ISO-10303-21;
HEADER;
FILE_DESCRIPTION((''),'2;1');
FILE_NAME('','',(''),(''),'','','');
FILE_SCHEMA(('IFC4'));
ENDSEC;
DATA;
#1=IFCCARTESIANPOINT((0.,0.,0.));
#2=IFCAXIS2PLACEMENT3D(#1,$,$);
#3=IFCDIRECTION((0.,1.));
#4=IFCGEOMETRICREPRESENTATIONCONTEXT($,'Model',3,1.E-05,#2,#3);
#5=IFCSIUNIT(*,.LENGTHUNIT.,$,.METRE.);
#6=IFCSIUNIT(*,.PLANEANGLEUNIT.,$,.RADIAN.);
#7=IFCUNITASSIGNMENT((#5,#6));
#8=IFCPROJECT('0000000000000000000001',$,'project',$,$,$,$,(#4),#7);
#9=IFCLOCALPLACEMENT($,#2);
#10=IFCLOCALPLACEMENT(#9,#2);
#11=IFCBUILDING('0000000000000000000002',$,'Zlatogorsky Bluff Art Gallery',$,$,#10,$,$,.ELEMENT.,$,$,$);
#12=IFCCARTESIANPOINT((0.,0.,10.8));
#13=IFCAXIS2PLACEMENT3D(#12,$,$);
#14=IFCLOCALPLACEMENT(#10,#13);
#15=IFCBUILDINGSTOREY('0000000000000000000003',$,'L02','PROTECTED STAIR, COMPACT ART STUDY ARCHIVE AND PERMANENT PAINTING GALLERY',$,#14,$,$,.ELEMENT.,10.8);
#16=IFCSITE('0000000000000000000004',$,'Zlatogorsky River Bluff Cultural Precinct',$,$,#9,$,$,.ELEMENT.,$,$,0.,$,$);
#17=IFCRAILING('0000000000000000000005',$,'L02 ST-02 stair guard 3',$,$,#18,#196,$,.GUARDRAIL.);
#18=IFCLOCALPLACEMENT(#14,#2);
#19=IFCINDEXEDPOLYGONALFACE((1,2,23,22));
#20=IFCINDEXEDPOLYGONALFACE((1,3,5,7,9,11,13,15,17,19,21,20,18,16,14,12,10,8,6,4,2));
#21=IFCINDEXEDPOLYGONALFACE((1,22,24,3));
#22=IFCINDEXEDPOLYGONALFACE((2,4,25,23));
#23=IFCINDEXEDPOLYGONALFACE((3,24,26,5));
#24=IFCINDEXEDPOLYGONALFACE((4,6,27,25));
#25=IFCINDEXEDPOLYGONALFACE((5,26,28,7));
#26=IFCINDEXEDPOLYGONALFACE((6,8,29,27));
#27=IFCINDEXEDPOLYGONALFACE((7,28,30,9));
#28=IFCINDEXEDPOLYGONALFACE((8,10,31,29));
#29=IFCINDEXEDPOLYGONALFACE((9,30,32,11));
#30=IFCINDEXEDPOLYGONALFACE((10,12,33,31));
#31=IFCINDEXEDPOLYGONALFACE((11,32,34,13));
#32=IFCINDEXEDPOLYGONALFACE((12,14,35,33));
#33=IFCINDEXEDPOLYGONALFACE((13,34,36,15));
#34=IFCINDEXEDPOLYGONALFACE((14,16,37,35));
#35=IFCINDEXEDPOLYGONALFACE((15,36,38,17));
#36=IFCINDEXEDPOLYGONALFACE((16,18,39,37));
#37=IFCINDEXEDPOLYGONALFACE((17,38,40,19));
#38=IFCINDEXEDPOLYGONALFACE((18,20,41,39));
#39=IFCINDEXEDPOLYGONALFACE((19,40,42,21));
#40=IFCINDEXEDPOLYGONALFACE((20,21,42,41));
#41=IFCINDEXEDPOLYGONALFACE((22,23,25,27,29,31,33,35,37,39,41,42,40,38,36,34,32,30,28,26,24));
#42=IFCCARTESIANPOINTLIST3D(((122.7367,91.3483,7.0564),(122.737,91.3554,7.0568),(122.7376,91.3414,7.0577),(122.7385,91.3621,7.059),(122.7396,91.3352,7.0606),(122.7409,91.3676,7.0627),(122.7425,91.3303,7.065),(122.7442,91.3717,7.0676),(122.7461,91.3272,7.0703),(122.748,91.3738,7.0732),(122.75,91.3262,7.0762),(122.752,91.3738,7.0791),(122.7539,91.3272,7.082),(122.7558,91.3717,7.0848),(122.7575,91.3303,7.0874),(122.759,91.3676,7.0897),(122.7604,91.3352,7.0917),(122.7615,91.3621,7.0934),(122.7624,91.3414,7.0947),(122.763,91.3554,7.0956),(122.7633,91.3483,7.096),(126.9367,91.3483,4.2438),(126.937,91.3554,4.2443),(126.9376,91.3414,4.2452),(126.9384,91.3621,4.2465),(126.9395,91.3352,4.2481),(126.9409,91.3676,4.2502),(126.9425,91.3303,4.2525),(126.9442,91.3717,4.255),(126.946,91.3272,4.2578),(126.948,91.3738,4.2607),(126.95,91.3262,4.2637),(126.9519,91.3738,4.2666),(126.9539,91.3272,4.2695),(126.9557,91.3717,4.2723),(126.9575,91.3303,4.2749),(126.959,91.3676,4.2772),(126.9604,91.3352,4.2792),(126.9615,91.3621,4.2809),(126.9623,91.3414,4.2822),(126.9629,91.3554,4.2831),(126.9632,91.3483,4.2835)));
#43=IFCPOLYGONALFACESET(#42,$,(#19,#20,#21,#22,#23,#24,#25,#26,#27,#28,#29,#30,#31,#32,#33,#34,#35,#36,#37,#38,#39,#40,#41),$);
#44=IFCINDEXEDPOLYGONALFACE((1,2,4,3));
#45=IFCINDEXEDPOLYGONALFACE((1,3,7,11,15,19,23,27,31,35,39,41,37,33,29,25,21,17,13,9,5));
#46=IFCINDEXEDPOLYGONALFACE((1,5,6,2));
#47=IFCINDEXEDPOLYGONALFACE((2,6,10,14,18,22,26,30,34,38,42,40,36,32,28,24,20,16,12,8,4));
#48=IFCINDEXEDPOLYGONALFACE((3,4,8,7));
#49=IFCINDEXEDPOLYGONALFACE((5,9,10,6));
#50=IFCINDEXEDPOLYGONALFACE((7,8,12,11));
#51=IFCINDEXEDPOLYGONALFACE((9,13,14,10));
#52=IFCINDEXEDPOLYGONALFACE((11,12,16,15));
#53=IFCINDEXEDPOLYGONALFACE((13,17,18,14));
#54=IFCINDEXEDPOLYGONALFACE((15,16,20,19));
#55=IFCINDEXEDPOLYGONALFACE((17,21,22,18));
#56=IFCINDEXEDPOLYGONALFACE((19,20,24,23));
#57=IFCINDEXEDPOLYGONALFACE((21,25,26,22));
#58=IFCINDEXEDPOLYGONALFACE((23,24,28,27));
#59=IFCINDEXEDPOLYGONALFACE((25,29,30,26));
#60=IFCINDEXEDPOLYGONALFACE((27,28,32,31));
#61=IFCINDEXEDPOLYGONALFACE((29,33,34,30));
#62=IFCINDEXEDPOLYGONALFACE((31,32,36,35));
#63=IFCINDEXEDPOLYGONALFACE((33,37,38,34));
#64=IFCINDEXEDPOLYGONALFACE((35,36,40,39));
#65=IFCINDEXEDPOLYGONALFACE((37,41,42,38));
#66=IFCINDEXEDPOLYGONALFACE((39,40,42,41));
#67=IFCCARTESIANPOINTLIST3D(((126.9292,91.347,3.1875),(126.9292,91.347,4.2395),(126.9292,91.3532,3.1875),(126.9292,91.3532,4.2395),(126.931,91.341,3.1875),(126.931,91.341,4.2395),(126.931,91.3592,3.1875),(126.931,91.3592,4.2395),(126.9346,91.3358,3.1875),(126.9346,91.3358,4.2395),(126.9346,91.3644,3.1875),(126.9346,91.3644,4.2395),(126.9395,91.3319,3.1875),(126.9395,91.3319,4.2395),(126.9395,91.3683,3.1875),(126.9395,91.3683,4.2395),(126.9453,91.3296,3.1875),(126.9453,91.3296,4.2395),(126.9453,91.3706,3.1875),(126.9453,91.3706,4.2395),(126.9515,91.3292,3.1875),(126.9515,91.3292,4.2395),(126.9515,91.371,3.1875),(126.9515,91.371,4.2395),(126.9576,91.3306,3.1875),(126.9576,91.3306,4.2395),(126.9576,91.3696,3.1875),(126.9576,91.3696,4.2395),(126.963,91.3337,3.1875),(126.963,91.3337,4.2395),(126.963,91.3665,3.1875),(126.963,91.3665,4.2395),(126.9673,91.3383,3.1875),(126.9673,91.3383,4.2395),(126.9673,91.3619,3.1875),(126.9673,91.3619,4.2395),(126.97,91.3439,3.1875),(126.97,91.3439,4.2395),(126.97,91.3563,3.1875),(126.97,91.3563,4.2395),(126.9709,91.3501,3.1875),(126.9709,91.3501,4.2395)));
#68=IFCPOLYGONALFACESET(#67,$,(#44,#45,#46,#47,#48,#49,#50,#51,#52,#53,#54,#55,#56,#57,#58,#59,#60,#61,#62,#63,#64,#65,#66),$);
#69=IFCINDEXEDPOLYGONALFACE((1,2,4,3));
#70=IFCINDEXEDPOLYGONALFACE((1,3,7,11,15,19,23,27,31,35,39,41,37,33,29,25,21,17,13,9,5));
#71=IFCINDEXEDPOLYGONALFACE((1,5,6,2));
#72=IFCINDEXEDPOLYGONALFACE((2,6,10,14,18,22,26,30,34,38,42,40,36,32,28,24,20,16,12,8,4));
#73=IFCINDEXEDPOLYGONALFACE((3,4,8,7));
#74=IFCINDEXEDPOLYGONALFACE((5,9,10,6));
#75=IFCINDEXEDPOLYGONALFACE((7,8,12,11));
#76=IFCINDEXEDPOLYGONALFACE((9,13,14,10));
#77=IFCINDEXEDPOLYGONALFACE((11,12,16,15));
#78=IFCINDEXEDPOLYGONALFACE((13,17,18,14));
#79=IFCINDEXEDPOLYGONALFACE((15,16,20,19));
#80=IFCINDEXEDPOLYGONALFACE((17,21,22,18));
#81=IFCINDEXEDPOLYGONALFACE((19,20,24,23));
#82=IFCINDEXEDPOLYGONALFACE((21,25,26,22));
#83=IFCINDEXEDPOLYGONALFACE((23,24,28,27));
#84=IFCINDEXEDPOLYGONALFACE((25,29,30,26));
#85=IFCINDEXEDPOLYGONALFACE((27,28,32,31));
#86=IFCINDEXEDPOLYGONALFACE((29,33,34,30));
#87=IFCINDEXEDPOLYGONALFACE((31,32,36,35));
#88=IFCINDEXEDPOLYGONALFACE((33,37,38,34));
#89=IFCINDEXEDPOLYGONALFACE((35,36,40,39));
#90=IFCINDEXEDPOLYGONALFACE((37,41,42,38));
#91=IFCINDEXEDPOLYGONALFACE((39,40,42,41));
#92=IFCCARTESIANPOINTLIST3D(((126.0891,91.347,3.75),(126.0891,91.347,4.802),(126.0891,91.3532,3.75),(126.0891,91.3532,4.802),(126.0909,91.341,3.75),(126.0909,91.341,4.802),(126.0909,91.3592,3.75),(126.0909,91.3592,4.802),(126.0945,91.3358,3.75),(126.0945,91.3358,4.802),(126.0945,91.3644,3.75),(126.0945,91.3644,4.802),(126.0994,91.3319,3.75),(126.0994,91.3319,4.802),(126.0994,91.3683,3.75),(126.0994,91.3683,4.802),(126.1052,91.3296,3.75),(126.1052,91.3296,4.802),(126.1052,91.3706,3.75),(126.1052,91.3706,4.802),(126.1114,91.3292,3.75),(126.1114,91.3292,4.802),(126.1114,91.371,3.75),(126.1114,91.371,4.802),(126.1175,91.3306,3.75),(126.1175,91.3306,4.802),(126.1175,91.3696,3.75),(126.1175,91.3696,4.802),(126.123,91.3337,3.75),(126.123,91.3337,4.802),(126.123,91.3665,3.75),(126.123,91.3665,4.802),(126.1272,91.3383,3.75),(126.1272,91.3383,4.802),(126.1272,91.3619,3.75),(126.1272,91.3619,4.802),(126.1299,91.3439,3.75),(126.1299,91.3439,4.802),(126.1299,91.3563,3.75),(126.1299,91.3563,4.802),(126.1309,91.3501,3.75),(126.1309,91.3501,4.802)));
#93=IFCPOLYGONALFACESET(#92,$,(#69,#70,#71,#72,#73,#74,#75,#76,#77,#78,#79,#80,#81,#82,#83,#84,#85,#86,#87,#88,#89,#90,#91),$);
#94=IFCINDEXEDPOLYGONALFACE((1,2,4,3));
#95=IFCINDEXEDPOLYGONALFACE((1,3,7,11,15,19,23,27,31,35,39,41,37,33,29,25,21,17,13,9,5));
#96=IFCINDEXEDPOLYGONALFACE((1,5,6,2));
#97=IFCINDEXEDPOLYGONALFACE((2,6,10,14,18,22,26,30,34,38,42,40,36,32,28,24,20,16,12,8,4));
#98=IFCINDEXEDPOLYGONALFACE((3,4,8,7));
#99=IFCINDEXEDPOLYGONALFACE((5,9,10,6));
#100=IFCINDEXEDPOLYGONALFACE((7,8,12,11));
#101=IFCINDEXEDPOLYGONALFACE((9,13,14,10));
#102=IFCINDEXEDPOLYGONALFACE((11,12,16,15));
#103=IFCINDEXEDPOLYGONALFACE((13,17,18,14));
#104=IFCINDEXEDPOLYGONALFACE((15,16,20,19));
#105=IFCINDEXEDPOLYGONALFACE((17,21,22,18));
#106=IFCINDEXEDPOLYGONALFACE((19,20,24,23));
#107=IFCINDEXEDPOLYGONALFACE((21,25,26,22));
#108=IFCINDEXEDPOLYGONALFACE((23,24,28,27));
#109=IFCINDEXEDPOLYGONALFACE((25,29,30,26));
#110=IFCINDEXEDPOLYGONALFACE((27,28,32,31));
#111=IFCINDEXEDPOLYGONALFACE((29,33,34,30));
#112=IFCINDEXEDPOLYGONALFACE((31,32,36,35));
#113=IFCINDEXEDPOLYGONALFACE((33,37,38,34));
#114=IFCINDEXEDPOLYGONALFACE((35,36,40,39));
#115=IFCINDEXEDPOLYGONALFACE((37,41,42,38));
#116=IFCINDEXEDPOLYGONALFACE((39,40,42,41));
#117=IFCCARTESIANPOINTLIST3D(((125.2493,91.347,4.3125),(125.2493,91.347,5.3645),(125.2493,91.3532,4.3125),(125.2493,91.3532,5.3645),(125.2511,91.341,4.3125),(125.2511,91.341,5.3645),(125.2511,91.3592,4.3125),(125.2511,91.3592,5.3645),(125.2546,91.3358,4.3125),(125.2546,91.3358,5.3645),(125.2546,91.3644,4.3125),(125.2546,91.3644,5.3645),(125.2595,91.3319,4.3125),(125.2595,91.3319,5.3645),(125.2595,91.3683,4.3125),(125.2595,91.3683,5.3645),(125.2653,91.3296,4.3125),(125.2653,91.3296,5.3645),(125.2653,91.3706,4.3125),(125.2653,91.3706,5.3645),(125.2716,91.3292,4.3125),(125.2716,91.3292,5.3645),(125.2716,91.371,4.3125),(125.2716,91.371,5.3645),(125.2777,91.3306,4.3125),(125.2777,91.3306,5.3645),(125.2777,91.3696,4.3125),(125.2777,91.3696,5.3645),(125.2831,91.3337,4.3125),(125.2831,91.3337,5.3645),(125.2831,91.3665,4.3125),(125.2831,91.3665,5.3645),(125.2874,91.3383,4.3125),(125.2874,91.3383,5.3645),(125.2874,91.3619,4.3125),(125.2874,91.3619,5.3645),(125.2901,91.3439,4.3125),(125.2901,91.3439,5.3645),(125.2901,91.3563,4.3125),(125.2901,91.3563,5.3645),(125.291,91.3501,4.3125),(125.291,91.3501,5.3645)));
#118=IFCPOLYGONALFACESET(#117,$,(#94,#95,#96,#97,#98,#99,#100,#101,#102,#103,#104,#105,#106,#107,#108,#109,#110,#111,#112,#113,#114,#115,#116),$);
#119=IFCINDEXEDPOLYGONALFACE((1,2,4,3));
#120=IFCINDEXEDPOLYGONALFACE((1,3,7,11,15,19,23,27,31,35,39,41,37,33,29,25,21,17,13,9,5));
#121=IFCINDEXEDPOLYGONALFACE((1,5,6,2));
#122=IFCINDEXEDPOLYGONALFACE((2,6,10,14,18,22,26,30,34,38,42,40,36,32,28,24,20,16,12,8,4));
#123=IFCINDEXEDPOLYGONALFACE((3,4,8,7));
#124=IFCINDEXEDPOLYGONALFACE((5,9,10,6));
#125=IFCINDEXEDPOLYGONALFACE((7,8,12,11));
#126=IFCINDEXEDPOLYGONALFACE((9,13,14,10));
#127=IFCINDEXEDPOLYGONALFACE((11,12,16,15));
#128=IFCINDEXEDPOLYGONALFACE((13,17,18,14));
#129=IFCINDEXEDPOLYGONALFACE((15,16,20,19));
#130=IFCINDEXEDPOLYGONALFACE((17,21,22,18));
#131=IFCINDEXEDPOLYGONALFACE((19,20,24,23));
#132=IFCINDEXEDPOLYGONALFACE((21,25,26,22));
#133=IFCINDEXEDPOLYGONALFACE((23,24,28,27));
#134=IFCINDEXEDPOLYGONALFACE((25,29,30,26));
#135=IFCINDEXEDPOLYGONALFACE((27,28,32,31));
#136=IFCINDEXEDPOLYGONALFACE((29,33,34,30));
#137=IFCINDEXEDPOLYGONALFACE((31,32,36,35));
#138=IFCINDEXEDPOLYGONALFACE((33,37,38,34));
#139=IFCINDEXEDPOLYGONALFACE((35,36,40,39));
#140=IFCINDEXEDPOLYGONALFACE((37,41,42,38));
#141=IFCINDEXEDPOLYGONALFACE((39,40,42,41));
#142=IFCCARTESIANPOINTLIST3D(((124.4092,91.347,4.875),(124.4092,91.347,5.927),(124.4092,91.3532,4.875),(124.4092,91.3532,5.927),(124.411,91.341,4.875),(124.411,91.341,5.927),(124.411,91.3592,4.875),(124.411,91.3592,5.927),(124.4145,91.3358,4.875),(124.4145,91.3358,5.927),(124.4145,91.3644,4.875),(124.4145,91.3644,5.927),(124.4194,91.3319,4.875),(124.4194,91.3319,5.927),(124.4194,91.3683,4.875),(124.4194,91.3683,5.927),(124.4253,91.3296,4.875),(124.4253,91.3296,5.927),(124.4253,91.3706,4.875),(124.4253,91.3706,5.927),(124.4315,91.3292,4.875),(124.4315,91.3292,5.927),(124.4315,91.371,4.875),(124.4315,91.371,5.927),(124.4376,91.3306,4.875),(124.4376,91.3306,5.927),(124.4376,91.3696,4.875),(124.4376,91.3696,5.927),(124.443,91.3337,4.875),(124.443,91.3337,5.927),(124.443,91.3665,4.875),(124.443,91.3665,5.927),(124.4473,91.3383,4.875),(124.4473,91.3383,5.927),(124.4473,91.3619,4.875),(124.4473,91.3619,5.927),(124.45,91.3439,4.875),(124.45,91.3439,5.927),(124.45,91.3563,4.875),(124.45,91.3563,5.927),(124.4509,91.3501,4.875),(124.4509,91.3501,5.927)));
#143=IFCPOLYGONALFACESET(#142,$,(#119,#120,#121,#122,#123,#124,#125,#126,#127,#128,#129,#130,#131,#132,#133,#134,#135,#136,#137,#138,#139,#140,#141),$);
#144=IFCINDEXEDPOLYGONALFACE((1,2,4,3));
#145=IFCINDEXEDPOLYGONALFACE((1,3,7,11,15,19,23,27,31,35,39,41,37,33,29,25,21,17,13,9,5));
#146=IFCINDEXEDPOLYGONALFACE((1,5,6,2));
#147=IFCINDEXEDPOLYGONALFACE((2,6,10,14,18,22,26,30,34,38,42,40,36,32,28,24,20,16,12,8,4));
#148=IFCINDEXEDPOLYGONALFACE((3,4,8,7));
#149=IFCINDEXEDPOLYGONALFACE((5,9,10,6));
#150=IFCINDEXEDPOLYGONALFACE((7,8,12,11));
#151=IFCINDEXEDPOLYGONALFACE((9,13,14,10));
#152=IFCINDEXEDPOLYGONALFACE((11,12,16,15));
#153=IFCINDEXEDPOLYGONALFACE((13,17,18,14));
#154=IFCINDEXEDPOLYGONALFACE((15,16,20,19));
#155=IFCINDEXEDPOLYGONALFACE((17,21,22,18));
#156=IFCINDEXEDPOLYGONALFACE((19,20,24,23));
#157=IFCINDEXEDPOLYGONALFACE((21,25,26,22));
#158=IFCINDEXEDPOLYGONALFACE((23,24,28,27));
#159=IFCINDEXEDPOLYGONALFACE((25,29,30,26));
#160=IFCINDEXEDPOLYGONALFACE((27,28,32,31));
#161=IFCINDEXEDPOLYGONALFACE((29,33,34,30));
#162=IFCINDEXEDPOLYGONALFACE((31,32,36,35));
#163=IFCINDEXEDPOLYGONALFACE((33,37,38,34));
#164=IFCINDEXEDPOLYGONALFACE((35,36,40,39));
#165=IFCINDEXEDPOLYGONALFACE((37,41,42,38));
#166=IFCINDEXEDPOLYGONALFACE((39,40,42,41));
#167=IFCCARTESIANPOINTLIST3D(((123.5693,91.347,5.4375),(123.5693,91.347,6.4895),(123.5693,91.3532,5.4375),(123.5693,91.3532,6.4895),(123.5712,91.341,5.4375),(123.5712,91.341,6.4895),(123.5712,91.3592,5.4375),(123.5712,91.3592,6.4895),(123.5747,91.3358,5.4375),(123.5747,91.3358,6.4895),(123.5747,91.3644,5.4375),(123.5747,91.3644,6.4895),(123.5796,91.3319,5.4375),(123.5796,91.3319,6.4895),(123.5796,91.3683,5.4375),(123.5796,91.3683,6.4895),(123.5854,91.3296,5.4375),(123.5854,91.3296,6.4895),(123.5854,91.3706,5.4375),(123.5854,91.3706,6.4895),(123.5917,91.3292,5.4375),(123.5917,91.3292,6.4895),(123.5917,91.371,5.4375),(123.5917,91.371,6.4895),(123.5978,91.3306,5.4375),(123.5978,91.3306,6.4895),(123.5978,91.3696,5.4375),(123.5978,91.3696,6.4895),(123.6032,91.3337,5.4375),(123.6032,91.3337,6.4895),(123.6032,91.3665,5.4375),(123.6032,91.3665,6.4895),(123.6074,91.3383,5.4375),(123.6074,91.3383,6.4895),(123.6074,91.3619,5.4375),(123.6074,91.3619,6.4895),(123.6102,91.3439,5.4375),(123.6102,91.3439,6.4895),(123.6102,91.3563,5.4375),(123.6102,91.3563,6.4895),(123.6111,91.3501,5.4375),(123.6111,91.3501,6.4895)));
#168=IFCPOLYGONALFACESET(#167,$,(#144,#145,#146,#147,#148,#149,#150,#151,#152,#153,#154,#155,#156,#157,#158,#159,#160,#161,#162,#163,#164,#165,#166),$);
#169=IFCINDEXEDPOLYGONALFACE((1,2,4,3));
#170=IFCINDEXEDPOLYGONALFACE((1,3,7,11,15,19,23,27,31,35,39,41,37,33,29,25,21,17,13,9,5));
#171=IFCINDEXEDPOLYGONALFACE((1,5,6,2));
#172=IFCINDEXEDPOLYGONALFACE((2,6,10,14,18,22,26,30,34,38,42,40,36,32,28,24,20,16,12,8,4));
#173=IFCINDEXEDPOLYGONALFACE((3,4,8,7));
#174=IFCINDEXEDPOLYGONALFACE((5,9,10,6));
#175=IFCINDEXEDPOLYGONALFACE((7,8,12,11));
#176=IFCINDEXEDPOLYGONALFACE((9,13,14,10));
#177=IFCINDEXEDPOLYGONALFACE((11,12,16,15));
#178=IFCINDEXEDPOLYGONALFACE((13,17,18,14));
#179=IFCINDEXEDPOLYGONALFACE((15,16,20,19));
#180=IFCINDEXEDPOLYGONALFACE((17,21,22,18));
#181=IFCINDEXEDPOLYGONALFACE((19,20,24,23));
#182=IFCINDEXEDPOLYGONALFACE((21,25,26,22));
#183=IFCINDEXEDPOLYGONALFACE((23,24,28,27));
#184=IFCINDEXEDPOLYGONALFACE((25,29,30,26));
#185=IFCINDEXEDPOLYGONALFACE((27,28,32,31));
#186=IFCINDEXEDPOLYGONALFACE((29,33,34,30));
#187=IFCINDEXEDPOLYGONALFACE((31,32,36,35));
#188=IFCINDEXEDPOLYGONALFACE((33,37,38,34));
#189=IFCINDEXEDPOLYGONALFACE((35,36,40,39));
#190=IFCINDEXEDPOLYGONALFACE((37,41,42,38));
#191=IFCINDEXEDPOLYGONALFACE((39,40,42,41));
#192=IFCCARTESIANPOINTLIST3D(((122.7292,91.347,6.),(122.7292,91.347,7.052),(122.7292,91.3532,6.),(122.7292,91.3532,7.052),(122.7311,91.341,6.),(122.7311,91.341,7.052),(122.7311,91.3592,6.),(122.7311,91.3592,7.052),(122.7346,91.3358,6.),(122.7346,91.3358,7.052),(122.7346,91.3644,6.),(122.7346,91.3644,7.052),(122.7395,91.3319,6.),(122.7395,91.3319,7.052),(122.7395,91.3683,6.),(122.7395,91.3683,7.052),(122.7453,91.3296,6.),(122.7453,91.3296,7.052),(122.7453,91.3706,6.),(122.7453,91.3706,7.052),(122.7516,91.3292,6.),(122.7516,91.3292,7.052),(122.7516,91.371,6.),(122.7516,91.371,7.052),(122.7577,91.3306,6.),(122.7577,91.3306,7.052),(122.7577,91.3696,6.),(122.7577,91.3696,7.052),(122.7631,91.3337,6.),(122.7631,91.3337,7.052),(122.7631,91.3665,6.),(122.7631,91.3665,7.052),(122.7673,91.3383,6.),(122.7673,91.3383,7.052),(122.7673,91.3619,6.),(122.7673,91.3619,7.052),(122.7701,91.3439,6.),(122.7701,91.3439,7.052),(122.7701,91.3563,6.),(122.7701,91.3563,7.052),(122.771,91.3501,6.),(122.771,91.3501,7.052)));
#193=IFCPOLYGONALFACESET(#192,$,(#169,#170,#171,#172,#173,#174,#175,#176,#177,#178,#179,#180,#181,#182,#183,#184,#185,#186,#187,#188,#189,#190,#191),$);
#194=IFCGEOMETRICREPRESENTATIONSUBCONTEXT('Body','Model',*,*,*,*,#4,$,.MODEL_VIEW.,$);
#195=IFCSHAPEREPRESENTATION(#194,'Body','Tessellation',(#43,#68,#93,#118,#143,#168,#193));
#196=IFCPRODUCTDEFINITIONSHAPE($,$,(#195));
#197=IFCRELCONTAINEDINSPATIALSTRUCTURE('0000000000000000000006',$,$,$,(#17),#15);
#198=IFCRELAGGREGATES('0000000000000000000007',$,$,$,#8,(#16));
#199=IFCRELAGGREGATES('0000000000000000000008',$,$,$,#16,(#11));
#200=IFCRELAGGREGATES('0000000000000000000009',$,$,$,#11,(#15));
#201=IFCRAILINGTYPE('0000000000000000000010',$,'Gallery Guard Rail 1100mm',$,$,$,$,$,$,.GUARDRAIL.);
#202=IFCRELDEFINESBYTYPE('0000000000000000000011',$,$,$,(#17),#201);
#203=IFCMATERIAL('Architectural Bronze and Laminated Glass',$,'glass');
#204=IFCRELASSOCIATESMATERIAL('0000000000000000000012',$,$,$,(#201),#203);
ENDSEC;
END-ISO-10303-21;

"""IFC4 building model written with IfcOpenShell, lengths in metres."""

from ifc_helpers import new_model, si_unit, direction, frame, origin, origin_2d, place, context, subcontext, project, spatial, circle, extrude, material, type_object, element, save


model = new_model("IFC4")

# Units and contexts
model_context = context("Model", 3, precision=1e-05, world=origin(), true_north=direction((0.0, 1.0)))
body_context = subcontext(model_context, "Body", "Model", "MODEL_VIEW")
ifc_project = project(units=[si_unit("LENGTHUNIT", "METRE"), si_unit("PLANEANGLEUNIT", "RADIAN")], contexts=[model_context])

# Site, building, storey
site_placement = place(None, origin())
site = spatial("IfcSite", under=ifc_project, at=site_placement, Name="Zlatogorsky River Bluff Cultural Precinct", CompositionType="ELEMENT", RefElevation=0.0)
building_placement = place(site_placement, origin())
building = spatial("IfcBuilding", under=site, at=building_placement, Name="Zlatogorsky Bluff Art Gallery", CompositionType="ELEMENT")
storey_placement = place(building_placement, frame((0.0, 0.0, 10.8)))
storey = spatial("IfcBuildingStorey", under=building, at=storey_placement, Name="L02", Description="PROTECTED STAIR, COMPACT ART STUDY ARCHIVE AND PERMANENT PAINTING GALLERY", CompositionType="ELEMENT", Elevation=10.8)

# Railing
ifc_material_1 = material(Name="Architectural Bronze and Laminated Glass", Category="glass")
railing_type_1 = type_object("IfcRailingType", Name="Gallery Guard Rail 1100mm", PredefinedType="GUARDRAIL", material=ifc_material_1)
railing_1_placement = place(storey_placement, frame((126.95, 91.3501, 3.1875)))
element("IfcRailing", 1, at=railing_1_placement, inside=storey, type_object=railing_type_1, Name="L02 ST-02 stair guard 3", PredefinedType="GUARDRAIL", context=body_context, shape_type="SweptSolid", body=[
    extrude(circle(Radius=0.0239, at=origin_2d()), frame((0.0, 0.0, 1.0762), z_axis=(-0.830904, 0.0, 0.556416), x_axis=(0.0, -1.0, 0.0)), (0.0, 0.0, 1.0), 5.0547),
    extrude(circle(Radius=0.021, at=origin_2d()), origin(), (0.0, 0.0, 1.0), 1.052),
    extrude(circle(Radius=0.021, at=origin_2d()), frame((-0.8401, 0.0, 0.5625)), (0.0, 0.0, 1.0), 1.052),
    extrude(circle(Radius=0.021, at=origin_2d()), frame((-1.6799, 0.0, 1.125)), (0.0, 0.0, 1.0), 1.052),
    extrude(circle(Radius=0.021, at=origin_2d()), frame((-2.52, 0.0, 1.6875)), (0.0, 0.0, 1.0), 1.052),
    extrude(circle(Radius=0.021, at=origin_2d()), frame((-3.3599, 0.0, 2.25)), (0.0, 0.0, 1.0), 1.052),
    extrude(circle(Radius=0.021, at=origin_2d()), frame((-4.2, 0.0, 2.8125)), (0.0, 0.0, 1.0), 1.052),
])

save(model, "model.ifc")
